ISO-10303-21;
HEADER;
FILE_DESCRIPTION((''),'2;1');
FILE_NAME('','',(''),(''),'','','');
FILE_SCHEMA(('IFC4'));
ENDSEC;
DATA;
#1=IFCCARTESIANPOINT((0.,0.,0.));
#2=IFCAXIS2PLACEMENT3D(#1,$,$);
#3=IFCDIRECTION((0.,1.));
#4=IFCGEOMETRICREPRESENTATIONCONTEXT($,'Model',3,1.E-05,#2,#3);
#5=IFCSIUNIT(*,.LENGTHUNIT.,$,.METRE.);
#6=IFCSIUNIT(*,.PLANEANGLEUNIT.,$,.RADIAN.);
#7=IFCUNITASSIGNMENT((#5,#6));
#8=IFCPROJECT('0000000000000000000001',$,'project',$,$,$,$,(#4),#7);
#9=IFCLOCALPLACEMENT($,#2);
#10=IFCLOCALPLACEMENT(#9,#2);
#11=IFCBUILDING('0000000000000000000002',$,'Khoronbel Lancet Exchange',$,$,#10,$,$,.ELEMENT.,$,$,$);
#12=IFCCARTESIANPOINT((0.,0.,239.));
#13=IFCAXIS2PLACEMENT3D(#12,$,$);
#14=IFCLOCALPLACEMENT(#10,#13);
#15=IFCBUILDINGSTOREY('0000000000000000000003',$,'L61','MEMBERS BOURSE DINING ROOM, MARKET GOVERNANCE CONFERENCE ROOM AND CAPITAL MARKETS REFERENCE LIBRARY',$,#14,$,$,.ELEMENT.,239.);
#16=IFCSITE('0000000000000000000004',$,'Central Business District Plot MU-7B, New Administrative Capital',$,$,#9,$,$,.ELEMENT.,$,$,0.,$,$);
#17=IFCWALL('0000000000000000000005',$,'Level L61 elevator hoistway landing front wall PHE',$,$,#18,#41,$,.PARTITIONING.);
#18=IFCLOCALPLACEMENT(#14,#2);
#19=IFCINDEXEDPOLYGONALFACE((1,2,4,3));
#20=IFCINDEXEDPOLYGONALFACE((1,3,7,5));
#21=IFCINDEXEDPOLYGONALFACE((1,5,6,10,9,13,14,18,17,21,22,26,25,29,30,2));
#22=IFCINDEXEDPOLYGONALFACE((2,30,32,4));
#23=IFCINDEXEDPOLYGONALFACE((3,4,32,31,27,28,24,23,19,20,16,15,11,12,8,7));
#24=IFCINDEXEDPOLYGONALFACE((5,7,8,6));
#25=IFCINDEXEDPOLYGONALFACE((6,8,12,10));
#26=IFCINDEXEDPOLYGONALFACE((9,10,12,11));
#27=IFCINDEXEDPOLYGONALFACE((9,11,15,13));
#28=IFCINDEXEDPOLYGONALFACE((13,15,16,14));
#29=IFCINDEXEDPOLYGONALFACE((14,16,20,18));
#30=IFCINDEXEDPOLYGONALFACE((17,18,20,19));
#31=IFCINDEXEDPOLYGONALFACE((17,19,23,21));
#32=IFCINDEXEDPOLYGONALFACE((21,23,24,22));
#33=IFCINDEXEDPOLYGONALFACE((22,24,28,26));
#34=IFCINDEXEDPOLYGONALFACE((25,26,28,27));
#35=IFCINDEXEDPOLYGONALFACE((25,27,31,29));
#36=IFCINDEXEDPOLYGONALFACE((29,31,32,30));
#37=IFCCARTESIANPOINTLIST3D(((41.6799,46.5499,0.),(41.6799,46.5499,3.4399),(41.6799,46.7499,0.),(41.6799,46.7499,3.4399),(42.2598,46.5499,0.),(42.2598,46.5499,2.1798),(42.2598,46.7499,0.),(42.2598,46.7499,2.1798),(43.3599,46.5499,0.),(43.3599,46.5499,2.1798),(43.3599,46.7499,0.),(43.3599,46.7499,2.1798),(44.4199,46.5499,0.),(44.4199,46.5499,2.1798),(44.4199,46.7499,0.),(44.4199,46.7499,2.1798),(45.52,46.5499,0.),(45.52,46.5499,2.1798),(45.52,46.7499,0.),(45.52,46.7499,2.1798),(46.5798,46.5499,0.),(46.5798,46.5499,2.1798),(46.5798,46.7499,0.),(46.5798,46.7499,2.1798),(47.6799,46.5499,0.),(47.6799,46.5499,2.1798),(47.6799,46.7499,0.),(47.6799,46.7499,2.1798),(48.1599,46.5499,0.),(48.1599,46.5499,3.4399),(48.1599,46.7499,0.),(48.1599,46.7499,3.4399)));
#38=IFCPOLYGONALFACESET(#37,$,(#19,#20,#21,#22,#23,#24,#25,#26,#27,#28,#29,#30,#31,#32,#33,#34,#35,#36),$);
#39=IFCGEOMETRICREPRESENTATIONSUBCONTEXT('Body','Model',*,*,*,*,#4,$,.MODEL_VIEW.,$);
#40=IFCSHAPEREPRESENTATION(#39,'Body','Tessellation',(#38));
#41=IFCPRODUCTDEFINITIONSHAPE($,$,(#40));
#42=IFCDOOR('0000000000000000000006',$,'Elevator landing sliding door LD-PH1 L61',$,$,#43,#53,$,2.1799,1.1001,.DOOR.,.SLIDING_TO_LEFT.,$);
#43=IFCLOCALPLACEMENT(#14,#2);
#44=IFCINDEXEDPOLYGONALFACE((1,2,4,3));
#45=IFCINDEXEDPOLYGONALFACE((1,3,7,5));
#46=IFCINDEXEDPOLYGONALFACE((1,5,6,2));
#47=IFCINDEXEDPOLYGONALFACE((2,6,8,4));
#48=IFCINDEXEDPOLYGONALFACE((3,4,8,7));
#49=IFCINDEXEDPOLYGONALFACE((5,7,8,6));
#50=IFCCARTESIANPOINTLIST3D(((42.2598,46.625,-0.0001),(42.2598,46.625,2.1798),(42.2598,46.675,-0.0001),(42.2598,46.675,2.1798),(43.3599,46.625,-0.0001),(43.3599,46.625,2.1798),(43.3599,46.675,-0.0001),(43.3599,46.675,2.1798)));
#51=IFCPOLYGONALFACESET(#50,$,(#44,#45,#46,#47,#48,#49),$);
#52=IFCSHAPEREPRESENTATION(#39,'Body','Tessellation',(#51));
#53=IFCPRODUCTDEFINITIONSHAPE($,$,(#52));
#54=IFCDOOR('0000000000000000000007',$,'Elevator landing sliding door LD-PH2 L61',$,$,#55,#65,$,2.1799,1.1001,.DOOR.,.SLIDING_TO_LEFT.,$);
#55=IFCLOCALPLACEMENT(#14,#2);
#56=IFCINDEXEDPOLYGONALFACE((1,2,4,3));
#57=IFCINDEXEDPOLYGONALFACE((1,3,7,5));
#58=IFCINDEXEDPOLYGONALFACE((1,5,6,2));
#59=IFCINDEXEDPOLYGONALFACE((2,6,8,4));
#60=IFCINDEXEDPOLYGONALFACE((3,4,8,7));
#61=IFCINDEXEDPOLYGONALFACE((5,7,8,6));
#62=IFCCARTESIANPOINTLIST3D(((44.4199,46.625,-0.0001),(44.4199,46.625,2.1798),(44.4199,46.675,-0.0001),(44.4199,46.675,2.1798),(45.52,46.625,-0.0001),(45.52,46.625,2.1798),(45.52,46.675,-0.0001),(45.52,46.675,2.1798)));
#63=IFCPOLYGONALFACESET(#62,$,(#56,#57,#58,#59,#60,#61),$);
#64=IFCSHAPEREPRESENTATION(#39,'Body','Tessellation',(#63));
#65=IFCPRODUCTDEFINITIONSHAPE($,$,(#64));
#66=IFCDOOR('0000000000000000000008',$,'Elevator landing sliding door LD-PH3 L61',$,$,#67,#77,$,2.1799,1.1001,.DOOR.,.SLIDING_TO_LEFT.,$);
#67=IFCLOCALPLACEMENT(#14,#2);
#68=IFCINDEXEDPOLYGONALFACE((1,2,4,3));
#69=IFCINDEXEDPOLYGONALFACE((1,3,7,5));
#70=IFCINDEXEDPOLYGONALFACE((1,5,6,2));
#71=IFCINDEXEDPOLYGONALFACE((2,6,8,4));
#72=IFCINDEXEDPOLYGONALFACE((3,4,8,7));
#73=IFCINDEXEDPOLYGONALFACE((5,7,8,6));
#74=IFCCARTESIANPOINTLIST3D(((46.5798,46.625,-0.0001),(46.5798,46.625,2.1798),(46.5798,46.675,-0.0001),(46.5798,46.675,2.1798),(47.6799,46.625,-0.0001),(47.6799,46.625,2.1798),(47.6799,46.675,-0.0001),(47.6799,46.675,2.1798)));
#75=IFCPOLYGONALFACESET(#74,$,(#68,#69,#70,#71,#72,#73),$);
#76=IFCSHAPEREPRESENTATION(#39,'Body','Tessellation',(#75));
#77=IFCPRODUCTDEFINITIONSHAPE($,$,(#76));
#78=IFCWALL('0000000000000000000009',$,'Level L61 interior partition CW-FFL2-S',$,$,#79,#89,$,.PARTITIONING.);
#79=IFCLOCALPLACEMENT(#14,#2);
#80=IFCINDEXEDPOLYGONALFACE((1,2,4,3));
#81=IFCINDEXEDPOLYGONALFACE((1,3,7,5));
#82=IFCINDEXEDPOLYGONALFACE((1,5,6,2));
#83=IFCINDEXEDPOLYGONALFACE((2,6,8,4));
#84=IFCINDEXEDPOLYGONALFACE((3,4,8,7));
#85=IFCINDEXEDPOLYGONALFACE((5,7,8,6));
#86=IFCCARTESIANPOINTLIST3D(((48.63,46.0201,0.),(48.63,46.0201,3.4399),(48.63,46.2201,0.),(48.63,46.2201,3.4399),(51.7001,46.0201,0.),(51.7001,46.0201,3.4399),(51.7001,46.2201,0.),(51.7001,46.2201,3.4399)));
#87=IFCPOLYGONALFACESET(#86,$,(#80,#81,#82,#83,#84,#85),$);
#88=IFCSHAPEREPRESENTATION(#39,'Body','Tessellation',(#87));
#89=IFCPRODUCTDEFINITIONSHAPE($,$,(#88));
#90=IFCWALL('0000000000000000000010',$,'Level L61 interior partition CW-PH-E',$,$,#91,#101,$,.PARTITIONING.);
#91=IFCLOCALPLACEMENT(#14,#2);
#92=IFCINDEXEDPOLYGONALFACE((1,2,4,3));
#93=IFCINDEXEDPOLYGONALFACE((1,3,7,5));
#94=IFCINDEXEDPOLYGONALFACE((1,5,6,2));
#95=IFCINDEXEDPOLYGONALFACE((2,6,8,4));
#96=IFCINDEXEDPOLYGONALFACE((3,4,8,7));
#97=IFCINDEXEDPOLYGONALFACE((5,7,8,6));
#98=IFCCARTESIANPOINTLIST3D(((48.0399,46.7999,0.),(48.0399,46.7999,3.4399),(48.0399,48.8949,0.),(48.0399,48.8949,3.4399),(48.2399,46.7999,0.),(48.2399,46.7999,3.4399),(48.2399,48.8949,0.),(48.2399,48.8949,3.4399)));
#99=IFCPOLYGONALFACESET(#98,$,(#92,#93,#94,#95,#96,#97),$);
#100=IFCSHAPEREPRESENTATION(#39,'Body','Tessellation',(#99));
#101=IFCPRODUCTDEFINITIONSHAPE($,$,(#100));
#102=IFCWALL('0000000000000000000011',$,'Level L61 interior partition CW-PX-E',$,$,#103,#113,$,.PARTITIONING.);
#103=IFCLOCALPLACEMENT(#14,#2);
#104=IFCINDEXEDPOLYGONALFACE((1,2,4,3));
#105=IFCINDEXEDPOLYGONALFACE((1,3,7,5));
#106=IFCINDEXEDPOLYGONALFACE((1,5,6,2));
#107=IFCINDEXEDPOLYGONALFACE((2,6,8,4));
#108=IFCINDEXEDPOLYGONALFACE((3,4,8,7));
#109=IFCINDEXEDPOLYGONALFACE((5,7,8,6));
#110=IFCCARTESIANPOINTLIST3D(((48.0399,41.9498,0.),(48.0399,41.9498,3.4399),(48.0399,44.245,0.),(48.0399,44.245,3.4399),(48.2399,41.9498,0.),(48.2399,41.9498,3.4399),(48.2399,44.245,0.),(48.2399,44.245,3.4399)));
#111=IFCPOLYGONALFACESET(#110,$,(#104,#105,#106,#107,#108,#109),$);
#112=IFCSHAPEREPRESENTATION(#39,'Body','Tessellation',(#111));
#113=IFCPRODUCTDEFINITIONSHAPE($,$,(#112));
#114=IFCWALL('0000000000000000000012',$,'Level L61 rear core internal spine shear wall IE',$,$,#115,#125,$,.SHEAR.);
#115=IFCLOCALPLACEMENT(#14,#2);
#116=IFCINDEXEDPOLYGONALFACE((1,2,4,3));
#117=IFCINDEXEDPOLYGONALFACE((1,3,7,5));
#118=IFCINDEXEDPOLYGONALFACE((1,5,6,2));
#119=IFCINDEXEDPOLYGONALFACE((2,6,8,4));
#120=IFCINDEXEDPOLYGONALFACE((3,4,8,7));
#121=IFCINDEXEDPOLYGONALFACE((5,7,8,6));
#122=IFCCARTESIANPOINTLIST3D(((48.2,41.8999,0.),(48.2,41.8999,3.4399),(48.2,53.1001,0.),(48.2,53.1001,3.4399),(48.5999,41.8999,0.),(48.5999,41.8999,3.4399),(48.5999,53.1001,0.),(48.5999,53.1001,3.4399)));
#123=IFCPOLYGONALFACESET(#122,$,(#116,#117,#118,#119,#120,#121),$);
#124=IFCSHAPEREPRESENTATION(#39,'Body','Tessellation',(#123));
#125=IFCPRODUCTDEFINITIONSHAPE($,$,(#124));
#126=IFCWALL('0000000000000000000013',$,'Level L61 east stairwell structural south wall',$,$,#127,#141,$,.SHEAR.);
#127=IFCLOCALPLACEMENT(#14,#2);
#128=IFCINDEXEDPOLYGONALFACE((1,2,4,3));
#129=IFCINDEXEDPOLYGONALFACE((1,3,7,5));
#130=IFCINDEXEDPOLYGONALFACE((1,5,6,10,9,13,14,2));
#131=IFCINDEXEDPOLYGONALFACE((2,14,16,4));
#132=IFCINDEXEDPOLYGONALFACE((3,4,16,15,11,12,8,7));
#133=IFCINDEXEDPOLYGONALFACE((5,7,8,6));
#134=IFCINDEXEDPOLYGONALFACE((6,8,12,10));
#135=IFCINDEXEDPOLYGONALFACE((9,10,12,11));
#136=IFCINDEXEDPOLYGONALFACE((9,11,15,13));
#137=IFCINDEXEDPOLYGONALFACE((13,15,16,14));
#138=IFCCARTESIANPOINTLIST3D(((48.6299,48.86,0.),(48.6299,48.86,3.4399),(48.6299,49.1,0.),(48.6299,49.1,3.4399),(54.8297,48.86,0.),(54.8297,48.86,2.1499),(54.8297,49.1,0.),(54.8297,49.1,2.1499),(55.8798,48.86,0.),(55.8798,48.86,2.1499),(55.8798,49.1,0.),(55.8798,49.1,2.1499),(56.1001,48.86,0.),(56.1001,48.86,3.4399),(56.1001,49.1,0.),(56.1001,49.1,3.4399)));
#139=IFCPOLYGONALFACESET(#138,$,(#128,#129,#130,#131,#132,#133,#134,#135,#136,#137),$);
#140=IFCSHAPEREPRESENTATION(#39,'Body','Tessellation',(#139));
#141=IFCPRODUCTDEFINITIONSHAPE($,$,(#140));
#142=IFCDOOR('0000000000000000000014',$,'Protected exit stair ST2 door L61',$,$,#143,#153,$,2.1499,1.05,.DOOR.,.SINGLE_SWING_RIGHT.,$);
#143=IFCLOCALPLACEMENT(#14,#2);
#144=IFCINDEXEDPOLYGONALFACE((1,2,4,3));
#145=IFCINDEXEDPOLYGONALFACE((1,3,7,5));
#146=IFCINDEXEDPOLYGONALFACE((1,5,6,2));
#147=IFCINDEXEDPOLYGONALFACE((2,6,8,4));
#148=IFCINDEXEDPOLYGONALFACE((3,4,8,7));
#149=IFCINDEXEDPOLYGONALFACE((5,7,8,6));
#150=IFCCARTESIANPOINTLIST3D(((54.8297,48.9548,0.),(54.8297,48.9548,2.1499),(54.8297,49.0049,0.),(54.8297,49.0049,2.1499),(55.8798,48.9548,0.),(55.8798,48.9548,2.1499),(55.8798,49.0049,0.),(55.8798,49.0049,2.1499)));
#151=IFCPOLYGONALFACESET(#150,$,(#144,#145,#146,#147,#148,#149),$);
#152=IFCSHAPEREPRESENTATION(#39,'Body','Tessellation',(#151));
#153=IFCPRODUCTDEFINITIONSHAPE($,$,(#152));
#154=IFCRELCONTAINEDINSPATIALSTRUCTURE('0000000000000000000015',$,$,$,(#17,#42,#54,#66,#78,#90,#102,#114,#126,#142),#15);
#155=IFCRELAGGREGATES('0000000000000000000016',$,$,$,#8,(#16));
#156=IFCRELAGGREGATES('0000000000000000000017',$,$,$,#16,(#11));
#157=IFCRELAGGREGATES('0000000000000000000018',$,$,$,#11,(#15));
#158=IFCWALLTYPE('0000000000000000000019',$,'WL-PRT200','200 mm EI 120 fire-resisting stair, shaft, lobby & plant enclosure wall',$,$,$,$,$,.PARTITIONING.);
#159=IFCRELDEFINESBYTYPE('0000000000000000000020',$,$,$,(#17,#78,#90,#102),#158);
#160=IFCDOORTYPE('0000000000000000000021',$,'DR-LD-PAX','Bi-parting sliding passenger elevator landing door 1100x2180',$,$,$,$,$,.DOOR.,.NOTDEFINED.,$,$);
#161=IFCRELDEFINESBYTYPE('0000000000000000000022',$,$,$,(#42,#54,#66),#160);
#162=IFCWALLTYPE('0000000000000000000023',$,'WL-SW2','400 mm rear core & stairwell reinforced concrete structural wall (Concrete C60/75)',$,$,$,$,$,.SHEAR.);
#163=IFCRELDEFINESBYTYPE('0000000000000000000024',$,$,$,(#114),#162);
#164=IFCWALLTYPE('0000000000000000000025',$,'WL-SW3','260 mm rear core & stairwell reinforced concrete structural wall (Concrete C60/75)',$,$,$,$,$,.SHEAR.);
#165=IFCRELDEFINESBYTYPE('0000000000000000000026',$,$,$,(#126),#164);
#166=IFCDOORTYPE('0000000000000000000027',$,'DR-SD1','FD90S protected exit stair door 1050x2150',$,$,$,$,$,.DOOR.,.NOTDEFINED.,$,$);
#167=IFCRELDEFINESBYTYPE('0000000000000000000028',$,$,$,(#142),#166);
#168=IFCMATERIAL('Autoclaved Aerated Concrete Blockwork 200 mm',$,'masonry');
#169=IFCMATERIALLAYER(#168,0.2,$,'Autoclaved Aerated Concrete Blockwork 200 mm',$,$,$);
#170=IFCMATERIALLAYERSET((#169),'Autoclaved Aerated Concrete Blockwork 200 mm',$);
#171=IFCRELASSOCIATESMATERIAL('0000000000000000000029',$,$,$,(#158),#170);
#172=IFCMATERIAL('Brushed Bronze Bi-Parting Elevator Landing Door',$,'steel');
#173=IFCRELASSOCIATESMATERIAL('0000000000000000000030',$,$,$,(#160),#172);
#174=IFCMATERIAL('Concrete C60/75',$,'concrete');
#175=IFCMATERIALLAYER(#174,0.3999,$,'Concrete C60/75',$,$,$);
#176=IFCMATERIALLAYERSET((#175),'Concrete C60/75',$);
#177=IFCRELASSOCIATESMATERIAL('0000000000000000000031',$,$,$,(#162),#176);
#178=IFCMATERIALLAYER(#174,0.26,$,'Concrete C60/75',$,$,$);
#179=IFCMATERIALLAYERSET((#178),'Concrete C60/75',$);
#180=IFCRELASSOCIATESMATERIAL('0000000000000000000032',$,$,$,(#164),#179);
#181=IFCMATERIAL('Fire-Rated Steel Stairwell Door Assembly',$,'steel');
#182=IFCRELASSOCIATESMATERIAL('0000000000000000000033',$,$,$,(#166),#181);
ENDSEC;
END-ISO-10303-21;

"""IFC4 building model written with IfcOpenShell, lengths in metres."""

from ifc_helpers import new_model, si_unit, direction, frame, frame_2d, origin, place, context, subcontext, project, spatial, rectangle, extrude, material, layer, layer_set, type_object, element, fill, save


model = new_model("IFC4")

# Units and contexts
model_context = context("Model", 3, precision=1e-05, world=origin(), true_north=direction((0.0, 1.0)))
body_context = subcontext(model_context, "Body", "Model", "MODEL_VIEW")
ifc_project = project(units=[si_unit("LENGTHUNIT", "METRE"), si_unit("PLANEANGLEUNIT", "RADIAN")], contexts=[model_context])

# Site, building, storey
site_placement = place(None, origin())
site = spatial("IfcSite", under=ifc_project, at=site_placement, Name="Central Business District Plot MU-7B, New Administrative Capital", CompositionType="ELEMENT", RefElevation=0.0)
building_placement = place(site_placement, origin())
building = spatial("IfcBuilding", under=site, at=building_placement, Name="Khoronbel Lancet Exchange", CompositionType="ELEMENT")
storey_placement = place(building_placement, frame((0.0, 0.0, 239.0)))
storey = spatial("IfcBuildingStorey", under=building, at=storey_placement, Name="L61", Description="MEMBERS BOURSE DINING ROOM, MARKET GOVERNANCE CONFERENCE ROOM AND CAPITAL MARKETS REFERENCE LIBRARY", CompositionType="ELEMENT", Elevation=239.0)

# Shared definitions
ifc_material_1 = material(Name="Autoclaved Aerated Concrete Blockwork 200 mm", Category="masonry")
ifc_layer_1 = layer(ifc_material_1, 0.2, Name="Autoclaved Aerated Concrete Blockwork 200 mm")
ifc_layer_set_1 = layer_set([ifc_layer_1], Name="Autoclaved Aerated Concrete Blockwork 200 mm")
wall_type_1 = type_object("IfcWallType", Name="WL-PRT200", Description="200 mm EI 120 fire-resisting stair, shaft, lobby & plant enclosure wall", PredefinedType="PARTITIONING", material=ifc_layer_set_1)

# Wall, openings, doors
wall_1_placement = place(storey_placement, frame((48.1599, 46.6499, 0.0), z_axis=(0.0, 0.0, 1.0), x_axis=(-1.0, 0.0, 0.0)))
wall_1 = element("IfcWall", 1, at=wall_1_placement, inside=storey, type_object=wall_type_1, Name="Level L61 elevator hoistway landing front wall PHE", PredefinedType="PARTITIONING", context=body_context, shape_type="SweptSolid", body=[
    extrude(rectangle(XDim=6.48, YDim=0.2, at=frame_2d((3.24, 0.0))), origin(), (0.0, 0.0, 1.0), 3.4399),
])
opening_1_placement = place(wall_1_placement, frame((4.8, 0.0, 0.0)))
opening_1 = element("IfcOpeningElement", 2, at=opening_1_placement, cuts=wall_1, PredefinedType="OPENING", context=body_context, shape_type="SweptSolid", body=[
    extrude(rectangle(XDim=1.1001, YDim=2.1799, at=frame_2d((0.55, 1.0898))), frame((0.0, 0.1099, 0.0), z_axis=(0.0, -1.0, 0.0), x_axis=(1.0, 0.0, 0.0)), (0.0, 0.0, 1.0), 0.22),
])
opening_2_placement = place(wall_1_placement, frame((2.6399, 0.0, 0.0)))
opening_2 = element("IfcOpeningElement", 3, at=opening_2_placement, cuts=wall_1, PredefinedType="OPENING", context=body_context, shape_type="SweptSolid", body=[
    extrude(rectangle(XDim=1.1001, YDim=2.1799, at=frame_2d((0.55, 1.0898))), frame((0.0, 0.1099, 0.0), z_axis=(0.0, -1.0, 0.0), x_axis=(1.0, 0.0, 0.0)), (0.0, 0.0, 1.0), 0.22),
])
opening_3_placement = place(wall_1_placement, frame((0.48, 0.0, 0.0)))
opening_3 = element("IfcOpeningElement", 4, at=opening_3_placement, cuts=wall_1, PredefinedType="OPENING", context=body_context, shape_type="SweptSolid", body=[
    extrude(rectangle(XDim=1.1001, YDim=2.1799, at=frame_2d((0.55, 1.0898))), frame((0.0, 0.1099, 0.0), z_axis=(0.0, -1.0, 0.0), x_axis=(1.0, 0.0, 0.0)), (0.0, 0.0, 1.0), 0.22),
])
ifc_material_2 = material(Name="Brushed Bronze Bi-Parting Elevator Landing Door", Category="steel")
door_type_1 = type_object("IfcDoorType", Name="DR-LD-PAX", Description="Bi-parting sliding passenger elevator landing door 1100x2180", OperationType="NOTDEFINED", PredefinedType="DOOR", material=ifc_material_2)
door_1_placement = place(opening_1_placement, origin())
door_1 = element("IfcDoor", 5, at=door_1_placement, inside=storey, type_object=door_type_1, Name="Elevator landing sliding door LD-PH1 L61", OperationType="SLIDING_TO_LEFT", OverallHeight=2.1799, OverallWidth=1.1001, PredefinedType="DOOR", context=body_context, shape_type="SweptSolid", body=[
    extrude(rectangle(XDim=1.1001, YDim=2.1799, at=frame_2d((0.55, 1.0898))), frame((0.0, 0.0249, 0.0), z_axis=(0.0, -1.0, 0.0), x_axis=(1.0, 0.0, 0.0)), (0.0, 0.0, 1.0), 0.05),
])
fill(opening_1, door_1)
door_2_placement = place(opening_2_placement, origin())
door_2 = element("IfcDoor", 6, at=door_2_placement, inside=storey, type_object=door_type_1, Name="Elevator landing sliding door LD-PH2 L61", OperationType="SLIDING_TO_LEFT", OverallHeight=2.1799, OverallWidth=1.1001, PredefinedType="DOOR", context=body_context, shape_type="SweptSolid", body=[
    extrude(rectangle(XDim=1.1001, YDim=2.1799, at=frame_2d((0.55, 1.0898))), frame((0.0, 0.0249, 0.0), z_axis=(0.0, -1.0, 0.0), x_axis=(1.0, 0.0, 0.0)), (0.0, 0.0, 1.0), 0.05),
])
fill(opening_2, door_2)
door_3_placement = place(opening_3_placement, origin())
door_3 = element("IfcDoor", 7, at=door_3_placement, inside=storey, type_object=door_type_1, Name="Elevator landing sliding door LD-PH3 L61", OperationType="SLIDING_TO_LEFT", OverallHeight=2.1799, OverallWidth=1.1001, PredefinedType="DOOR", context=body_context, shape_type="SweptSolid", body=[
    extrude(rectangle(XDim=1.1001, YDim=2.1799, at=frame_2d((0.55, 1.0898))), frame((0.0, 0.0249, 0.0), z_axis=(0.0, -1.0, 0.0), x_axis=(1.0, 0.0, 0.0)), (0.0, 0.0, 1.0), 0.05),
])
fill(opening_3, door_3)

# Walls
wall_2_placement = place(storey_placement, frame((48.6299, 46.1201, 0.0), z_axis=(0.0, 0.0, 1.0), x_axis=(1.0, 0.0, 0.0)))
element("IfcWall", 8, at=wall_2_placement, inside=storey, type_object=wall_type_1, Name="Level L61 interior partition CW-FFL2-S", PredefinedType="PARTITIONING", context=body_context, shape_type="SweptSolid", body=[
    extrude(rectangle(XDim=3.0701, YDim=0.2, at=frame_2d((1.5352, 0.0))), origin(), (0.0, 0.0, 1.0), 3.4399),
])
wall_3_placement = place(storey_placement, frame((48.1399, 46.8, 0.0), z_axis=(0.0, 0.0, 1.0), x_axis=(0.0, 1.0, 0.0)))
element("IfcWall", 9, at=wall_3_placement, inside=storey, type_object=wall_type_1, Name="Level L61 interior partition CW-PH-E", PredefinedType="PARTITIONING", context=body_context, shape_type="SweptSolid", body=[
    extrude(rectangle(XDim=2.095, YDim=0.2, at=frame_2d((1.0474, 0.0))), origin(), (0.0, 0.0, 1.0), 3.4399),
])
wall_4_placement = place(storey_placement, frame((48.1399, 41.95, 0.0), z_axis=(0.0, 0.0, 1.0), x_axis=(0.0, 1.0, 0.0)))
element("IfcWall", 10, at=wall_4_placement, inside=storey, type_object=wall_type_1, Name="Level L61 interior partition CW-PX-E", PredefinedType="PARTITIONING", context=body_context, shape_type="SweptSolid", body=[
    extrude(rectangle(XDim=2.2952, YDim=0.2, at=frame_2d((1.1475, 0.0))), origin(), (0.0, 0.0, 1.0), 3.4399),
])
ifc_material_3 = material(Name="Concrete C60/75", Category="concrete")
ifc_layer_2 = layer(ifc_material_3, 0.3999, Name="Concrete C60/75")
ifc_layer_set_2 = layer_set([ifc_layer_2], Name="Concrete C60/75")
wall_type_2 = type_object("IfcWallType", Name="WL-SW2", Description="400 mm rear core & stairwell reinforced concrete structural wall (Concrete C60/75)", PredefinedType="SHEAR", material=ifc_layer_set_2)
wall_5_placement = place(storey_placement, frame((48.3999, 41.8999, 0.0), z_axis=(0.0, 0.0, 1.0), x_axis=(0.0, 1.0, 0.0)))
element("IfcWall", 11, at=wall_5_placement, inside=storey, type_object=wall_type_2, Name="Level L61 rear core internal spine shear wall IE", PredefinedType="SHEAR", context=body_context, shape_type="SweptSolid", body=[
    extrude(rectangle(XDim=11.2002, YDim=0.3999, at=frame_2d((5.6001, 0.0))), origin(), (0.0, 0.0, 1.0), 3.4399),
])

# Wall, opening, door
ifc_layer_3 = layer(ifc_material_3, 0.26, Name="Concrete C60/75")
ifc_layer_set_3 = layer_set([ifc_layer_3], Name="Concrete C60/75")
wall_type_3 = type_object("IfcWallType", Name="WL-SW3", Description="260 mm rear core & stairwell reinforced concrete structural wall (Concrete C60/75)", PredefinedType="SHEAR", material=ifc_layer_set_3)
wall_6_placement = place(storey_placement, frame((48.6299, 48.98, 0.0), z_axis=(0.0, 0.0, 1.0), x_axis=(1.0, 0.0, 0.0)))
wall_6 = element("IfcWall", 12, at=wall_6_placement, inside=storey, type_object=wall_type_3, Name="Level L61 east stairwell structural south wall", PredefinedType="SHEAR", context=body_context, shape_type="SweptSolid", body=[
    extrude(rectangle(XDim=7.4702, YDim=0.24, at=frame_2d((3.7351, 0.0))), origin(), (0.0, 0.0, 1.0), 3.4399),
])
opening_4_placement = place(wall_6_placement, frame((6.2, 0.0, 0.0)))
opening_4 = element("IfcOpeningElement", 13, at=opening_4_placement, cuts=wall_6, PredefinedType="OPENING", context=body_context, shape_type="SweptSolid", body=[
    extrude(rectangle(XDim=1.05, YDim=2.1499, at=frame_2d((0.5249, 1.075))), frame((0.0, 0.1299, 0.0), z_axis=(0.0, -1.0, 0.0), x_axis=(1.0, 0.0, 0.0)), (0.0, 0.0, 1.0), 0.26),
])
ifc_material_4 = material(Name="Fire-Rated Steel Stairwell Door Assembly", Category="steel")
door_type_2 = type_object("IfcDoorType", Name="DR-SD1", Description="FD90S protected exit stair door 1050x2150", OperationType="NOTDEFINED", PredefinedType="DOOR", material=ifc_material_4)
door_4_placement = place(opening_4_placement, origin())
door_4 = element("IfcDoor", 14, at=door_4_placement, inside=storey, type_object=door_type_2, Name="Protected exit stair ST2 door L61", OperationType="SINGLE_SWING_RIGHT", OverallHeight=2.1499, OverallWidth=1.05, PredefinedType="DOOR", context=body_context, shape_type="SweptSolid", body=[
    extrude(rectangle(XDim=1.05, YDim=2.1499, at=frame_2d((0.5249, 1.075))), frame((0.0, 0.0249, 0.0), z_axis=(0.0, -1.0, 0.0), x_axis=(1.0, 0.0, 0.0)), (0.0, 0.0, 1.0), 0.05),
])
fill(opening_4, door_4)

save(model, "model.ifc")
